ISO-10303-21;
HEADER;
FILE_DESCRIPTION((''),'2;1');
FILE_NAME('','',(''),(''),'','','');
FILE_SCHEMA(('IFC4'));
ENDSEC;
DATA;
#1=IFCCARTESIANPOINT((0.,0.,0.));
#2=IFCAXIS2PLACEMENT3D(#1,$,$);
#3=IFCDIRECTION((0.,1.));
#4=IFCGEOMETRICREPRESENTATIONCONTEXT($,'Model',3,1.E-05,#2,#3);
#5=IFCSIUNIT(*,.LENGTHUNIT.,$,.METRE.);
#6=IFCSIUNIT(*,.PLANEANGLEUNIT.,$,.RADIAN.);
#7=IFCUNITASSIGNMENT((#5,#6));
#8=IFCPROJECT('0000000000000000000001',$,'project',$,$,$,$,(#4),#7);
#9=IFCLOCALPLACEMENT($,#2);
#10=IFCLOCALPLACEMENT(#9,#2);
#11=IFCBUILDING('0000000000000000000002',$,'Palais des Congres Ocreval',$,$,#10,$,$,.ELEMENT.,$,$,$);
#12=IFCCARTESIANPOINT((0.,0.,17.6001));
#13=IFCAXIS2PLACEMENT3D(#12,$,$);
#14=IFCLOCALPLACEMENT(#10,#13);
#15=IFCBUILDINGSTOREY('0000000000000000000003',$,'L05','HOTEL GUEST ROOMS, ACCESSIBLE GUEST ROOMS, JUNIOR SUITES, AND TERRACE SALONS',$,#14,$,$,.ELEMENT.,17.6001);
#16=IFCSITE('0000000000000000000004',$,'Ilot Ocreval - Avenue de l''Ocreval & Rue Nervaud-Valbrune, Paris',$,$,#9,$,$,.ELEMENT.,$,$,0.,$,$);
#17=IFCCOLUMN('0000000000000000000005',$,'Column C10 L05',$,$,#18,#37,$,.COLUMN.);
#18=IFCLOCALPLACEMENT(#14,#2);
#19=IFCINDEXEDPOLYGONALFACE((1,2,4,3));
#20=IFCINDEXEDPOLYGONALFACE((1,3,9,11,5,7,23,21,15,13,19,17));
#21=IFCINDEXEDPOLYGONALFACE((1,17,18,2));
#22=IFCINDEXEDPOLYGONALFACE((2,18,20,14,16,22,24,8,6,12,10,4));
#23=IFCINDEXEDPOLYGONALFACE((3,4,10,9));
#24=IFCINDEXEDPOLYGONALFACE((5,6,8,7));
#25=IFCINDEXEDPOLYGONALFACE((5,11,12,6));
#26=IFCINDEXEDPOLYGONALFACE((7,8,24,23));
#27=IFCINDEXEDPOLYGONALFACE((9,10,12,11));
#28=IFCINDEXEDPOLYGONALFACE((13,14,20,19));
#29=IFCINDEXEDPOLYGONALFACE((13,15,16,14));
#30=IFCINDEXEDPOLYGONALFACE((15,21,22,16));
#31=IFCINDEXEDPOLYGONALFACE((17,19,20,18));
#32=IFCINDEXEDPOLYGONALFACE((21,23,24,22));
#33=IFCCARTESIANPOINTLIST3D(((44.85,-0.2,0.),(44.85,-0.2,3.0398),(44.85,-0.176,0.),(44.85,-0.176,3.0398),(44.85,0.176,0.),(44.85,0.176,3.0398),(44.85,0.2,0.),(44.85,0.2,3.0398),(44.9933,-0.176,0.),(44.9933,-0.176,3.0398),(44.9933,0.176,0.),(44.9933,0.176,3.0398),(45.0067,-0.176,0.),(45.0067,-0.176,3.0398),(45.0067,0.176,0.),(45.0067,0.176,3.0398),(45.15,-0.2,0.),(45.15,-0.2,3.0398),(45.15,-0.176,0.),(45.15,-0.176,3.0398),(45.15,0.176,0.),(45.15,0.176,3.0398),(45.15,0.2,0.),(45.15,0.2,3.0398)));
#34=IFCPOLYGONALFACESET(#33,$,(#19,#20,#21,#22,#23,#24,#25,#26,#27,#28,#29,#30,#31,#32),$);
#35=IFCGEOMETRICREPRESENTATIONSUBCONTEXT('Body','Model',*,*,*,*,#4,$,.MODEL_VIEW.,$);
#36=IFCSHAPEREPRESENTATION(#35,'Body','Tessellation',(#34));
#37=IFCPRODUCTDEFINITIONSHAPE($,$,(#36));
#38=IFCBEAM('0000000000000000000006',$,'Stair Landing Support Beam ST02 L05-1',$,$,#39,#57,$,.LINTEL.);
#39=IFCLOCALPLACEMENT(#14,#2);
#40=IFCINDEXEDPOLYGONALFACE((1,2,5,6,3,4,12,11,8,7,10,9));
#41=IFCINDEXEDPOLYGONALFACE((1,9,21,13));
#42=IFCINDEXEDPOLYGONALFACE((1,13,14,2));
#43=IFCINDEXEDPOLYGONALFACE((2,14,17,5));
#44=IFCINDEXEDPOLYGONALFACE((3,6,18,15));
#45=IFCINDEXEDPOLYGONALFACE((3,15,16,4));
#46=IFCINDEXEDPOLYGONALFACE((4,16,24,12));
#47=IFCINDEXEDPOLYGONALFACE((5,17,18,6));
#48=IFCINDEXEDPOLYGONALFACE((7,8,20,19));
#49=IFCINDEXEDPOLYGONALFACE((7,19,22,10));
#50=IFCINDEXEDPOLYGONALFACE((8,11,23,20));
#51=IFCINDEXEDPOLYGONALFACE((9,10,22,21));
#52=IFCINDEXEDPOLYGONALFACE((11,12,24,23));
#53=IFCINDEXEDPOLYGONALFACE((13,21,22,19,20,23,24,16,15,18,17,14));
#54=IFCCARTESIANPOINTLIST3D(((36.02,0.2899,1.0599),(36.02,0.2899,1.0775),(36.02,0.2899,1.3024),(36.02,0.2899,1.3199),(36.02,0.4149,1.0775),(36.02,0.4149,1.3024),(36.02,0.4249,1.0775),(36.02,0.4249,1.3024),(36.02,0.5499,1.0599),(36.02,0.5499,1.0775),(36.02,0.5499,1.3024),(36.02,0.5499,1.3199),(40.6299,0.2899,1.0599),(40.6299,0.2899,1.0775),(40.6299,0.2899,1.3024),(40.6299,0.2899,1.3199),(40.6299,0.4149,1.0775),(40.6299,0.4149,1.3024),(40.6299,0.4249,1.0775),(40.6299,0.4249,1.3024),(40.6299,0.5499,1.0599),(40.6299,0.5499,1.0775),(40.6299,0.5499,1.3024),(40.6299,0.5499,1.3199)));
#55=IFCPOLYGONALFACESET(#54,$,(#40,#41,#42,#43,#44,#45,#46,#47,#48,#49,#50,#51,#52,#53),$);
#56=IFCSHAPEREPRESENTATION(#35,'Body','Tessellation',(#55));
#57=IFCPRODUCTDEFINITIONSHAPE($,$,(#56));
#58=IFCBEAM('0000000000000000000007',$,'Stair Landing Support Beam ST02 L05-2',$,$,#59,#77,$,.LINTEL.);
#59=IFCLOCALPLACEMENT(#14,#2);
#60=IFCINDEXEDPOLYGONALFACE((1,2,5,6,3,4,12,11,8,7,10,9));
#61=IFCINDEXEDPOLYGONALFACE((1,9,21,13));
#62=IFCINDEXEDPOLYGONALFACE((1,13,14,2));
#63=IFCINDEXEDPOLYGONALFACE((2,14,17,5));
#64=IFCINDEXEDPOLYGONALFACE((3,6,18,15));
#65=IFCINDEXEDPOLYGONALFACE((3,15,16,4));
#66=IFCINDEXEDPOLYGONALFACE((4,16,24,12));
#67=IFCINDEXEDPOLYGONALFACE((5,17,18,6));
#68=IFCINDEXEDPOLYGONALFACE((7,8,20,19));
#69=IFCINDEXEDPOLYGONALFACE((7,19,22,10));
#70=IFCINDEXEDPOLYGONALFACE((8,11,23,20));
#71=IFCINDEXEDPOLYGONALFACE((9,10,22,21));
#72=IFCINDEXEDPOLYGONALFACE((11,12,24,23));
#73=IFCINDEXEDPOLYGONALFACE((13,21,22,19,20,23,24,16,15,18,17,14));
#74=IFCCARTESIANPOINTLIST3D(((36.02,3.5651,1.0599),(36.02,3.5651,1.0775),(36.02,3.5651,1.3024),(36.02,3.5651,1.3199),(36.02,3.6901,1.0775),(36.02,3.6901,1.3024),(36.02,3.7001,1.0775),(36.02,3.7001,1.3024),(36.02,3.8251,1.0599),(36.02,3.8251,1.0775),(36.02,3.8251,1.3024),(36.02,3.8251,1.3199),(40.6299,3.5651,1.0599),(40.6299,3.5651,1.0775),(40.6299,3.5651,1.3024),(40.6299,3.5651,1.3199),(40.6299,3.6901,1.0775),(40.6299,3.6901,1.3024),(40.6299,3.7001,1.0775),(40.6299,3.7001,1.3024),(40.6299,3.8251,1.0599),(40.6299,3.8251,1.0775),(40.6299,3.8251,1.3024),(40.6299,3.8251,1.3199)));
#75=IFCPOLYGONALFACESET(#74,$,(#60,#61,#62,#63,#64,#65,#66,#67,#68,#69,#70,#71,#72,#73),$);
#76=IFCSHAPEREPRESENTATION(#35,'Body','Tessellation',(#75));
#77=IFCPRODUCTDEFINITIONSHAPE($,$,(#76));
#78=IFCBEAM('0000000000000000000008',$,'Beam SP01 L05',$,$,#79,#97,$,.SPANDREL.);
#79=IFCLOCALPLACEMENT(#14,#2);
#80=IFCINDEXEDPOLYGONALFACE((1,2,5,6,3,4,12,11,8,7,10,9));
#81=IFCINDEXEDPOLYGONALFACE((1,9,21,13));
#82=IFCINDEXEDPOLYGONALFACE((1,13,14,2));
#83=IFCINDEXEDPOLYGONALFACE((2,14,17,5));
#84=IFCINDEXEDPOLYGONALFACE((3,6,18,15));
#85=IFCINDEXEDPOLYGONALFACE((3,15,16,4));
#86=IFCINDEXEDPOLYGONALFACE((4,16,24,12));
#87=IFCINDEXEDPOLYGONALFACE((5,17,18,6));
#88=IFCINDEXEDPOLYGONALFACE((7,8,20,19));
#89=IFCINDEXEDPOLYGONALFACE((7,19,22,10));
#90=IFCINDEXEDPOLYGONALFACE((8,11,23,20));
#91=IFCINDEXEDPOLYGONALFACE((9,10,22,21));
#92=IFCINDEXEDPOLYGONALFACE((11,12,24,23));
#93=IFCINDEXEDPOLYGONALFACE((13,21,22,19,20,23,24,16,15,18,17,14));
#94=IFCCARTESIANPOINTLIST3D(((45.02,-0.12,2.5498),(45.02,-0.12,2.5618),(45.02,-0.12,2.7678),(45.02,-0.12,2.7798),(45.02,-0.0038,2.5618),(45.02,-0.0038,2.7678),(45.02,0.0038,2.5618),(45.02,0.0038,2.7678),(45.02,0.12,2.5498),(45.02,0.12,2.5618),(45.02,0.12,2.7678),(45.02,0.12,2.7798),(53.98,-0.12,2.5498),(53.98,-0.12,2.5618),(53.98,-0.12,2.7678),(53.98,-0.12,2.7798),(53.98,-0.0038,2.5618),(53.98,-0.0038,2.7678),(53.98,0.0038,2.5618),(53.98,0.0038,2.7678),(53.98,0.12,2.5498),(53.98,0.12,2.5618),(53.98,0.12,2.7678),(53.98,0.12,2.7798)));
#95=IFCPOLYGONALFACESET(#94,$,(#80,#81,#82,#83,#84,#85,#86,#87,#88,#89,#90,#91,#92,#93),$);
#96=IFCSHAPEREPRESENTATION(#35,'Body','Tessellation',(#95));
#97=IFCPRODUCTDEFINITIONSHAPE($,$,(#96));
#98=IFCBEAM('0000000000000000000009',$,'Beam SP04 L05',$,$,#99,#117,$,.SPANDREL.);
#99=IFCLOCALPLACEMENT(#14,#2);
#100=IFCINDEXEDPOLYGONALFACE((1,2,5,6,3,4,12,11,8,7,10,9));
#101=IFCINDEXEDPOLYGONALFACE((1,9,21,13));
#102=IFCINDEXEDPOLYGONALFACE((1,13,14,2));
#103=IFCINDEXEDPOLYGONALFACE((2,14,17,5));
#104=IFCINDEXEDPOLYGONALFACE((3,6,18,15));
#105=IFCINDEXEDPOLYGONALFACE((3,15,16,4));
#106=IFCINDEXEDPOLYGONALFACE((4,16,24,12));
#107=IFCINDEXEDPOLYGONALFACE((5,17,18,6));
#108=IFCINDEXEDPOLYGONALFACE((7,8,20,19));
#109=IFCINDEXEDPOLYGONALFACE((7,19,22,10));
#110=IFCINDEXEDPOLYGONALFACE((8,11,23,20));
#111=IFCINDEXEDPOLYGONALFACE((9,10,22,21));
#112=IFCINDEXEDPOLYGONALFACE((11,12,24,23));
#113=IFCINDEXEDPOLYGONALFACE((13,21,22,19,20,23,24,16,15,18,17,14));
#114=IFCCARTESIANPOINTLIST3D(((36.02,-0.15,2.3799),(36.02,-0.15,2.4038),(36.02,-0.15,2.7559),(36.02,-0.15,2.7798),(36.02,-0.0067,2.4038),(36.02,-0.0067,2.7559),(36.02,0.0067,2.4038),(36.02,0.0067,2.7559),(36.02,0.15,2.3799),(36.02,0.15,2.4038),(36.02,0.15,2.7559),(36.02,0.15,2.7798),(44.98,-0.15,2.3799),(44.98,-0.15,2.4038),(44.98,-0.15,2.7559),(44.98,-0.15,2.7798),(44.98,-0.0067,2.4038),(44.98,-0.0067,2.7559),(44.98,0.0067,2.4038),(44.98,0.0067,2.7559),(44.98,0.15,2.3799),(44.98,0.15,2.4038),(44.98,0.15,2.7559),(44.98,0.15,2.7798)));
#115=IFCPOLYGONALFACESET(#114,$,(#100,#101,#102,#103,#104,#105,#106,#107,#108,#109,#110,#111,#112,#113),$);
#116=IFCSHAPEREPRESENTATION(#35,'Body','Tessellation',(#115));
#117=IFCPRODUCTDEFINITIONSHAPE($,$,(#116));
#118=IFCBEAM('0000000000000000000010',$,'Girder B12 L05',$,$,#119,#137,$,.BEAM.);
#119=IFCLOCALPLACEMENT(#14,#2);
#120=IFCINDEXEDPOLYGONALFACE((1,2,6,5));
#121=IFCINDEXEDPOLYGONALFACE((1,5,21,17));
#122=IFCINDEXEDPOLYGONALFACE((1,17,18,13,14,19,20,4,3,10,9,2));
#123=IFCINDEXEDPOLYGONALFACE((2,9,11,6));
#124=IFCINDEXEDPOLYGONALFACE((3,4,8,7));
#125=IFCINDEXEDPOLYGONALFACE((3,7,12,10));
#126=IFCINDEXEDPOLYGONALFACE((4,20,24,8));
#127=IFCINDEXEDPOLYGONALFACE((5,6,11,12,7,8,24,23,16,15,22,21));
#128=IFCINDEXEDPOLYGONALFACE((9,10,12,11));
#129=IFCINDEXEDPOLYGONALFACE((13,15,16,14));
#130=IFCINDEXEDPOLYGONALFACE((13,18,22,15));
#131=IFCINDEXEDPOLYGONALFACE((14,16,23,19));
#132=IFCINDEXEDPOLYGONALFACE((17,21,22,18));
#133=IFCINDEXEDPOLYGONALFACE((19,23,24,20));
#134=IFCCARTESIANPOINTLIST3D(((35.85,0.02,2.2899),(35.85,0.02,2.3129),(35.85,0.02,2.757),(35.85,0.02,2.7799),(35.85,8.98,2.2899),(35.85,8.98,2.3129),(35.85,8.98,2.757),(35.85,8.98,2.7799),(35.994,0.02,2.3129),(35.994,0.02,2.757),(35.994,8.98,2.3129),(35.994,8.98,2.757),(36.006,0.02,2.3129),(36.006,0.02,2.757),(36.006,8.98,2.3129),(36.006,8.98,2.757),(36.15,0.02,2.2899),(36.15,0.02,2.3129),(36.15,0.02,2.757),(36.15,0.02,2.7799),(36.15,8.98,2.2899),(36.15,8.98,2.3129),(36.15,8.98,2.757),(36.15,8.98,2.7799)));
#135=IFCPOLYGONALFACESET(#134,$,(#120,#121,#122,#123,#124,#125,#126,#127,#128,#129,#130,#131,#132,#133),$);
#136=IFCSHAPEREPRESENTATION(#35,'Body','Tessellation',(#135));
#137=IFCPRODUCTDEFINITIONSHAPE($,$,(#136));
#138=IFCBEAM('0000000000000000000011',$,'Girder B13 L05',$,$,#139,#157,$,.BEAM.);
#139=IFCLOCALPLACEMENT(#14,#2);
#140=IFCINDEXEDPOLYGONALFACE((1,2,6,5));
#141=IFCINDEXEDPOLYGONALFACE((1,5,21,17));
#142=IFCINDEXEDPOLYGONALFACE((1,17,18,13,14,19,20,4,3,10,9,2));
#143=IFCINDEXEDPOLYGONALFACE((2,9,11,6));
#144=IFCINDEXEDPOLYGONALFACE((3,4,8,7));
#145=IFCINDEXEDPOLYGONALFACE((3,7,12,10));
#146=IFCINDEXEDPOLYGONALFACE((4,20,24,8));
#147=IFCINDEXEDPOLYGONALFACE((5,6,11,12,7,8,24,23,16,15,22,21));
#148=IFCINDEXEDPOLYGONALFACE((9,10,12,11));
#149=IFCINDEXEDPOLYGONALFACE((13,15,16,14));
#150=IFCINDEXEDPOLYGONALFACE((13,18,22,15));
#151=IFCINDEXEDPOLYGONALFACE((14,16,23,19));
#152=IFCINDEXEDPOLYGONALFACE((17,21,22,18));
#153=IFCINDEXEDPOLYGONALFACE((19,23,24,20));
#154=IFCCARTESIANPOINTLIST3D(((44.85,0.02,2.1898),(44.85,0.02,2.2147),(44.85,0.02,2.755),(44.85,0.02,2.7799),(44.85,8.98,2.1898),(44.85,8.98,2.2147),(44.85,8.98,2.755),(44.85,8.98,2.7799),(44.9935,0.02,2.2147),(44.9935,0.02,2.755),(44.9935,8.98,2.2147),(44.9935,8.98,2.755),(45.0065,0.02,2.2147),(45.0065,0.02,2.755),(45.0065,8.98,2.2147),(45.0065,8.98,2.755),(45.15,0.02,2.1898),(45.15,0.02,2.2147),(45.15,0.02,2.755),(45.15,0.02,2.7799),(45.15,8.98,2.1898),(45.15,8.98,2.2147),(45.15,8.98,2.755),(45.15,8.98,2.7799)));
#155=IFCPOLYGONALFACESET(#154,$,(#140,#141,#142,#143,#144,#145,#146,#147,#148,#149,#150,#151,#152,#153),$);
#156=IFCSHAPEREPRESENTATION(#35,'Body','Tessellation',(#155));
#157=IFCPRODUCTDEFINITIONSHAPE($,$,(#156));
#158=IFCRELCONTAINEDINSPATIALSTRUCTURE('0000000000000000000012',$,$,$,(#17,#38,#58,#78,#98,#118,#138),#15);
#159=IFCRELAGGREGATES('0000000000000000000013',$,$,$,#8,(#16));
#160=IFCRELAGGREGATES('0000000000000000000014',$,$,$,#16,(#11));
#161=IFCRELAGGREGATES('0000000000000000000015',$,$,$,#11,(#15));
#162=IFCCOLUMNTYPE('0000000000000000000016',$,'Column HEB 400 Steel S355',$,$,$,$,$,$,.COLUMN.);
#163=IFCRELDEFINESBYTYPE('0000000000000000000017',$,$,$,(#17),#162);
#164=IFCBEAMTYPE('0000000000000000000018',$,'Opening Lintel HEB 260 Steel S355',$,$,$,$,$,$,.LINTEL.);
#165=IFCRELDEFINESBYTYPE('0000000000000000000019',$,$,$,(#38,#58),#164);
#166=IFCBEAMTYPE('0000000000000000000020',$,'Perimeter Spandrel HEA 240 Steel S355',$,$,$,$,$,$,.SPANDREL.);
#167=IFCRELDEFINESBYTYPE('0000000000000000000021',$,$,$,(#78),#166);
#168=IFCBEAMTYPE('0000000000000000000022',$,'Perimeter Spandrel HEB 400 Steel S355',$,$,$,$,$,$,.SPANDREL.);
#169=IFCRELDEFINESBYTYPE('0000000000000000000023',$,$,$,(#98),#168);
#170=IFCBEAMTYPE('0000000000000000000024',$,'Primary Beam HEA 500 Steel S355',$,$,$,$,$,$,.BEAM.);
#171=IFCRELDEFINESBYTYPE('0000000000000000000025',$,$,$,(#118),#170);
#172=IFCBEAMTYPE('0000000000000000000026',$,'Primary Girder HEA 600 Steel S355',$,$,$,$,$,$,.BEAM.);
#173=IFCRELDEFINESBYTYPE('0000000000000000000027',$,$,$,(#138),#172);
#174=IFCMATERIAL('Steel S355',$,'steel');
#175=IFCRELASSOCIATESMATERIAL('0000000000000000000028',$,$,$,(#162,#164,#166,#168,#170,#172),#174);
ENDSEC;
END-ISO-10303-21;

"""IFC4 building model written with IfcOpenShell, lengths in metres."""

from ifc_helpers import new_model, si_unit, direction, frame, origin, origin_2d, place, context, subcontext, project, spatial, i_section, extrude, material, material_profile, profile_set, type_object, element, save


model = new_model("IFC4")

# Units and contexts
model_context = context("Model", 3, precision=1e-05, world=origin(), true_north=direction((0.0, 1.0)))
body_context = subcontext(model_context, "Body", "Model", "MODEL_VIEW")
ifc_project = project(units=[si_unit("LENGTHUNIT", "METRE"), si_unit("PLANEANGLEUNIT", "RADIAN")], contexts=[model_context])

# Site, building, storey
site_placement = place(None, origin())
site = spatial("IfcSite", under=ifc_project, at=site_placement, Name="Ilot Ocreval - Avenue de l'Ocreval & Rue Nervaud-Valbrune, Paris", CompositionType="ELEMENT", RefElevation=0.0)
building_placement = place(site_placement, origin())
building = spatial("IfcBuilding", under=site, at=building_placement, Name="Palais des Congres Ocreval", CompositionType="ELEMENT")
storey_placement = place(building_placement, frame((0.0, 0.0, 17.6001)))
storey = spatial("IfcBuildingStorey", under=building, at=storey_placement, Name="L05", Description="HOTEL GUEST ROOMS, ACCESSIBLE GUEST ROOMS, JUNIOR SUITES, AND TERRACE SALONS", CompositionType="ELEMENT", Elevation=17.6001)

# Column
ifc_material_1 = material(Name="Steel S355", Category="steel")
ifc_material_profile_1 = material_profile(ifc_material_1, i_section(OverallWidth=0.3, OverallDepth=0.3999, WebThickness=0.0134, FlangeThickness=0.0239, at=origin_2d()), Name="HEB 400")
ifc_profile_set_1 = profile_set([ifc_material_profile_1], Name="Steel S355")
column_type = type_object("IfcColumnType", Name="Column HEB 400 Steel S355", PredefinedType="COLUMN", material=ifc_profile_set_1)
column_placement = place(storey_placement, frame((45.0, 0.0, 0.0), z_axis=(0.0, 0.0, 1.0), x_axis=(1.0, 0.0, 0.0)))
element("IfcColumn", 1, at=column_placement, inside=storey, type_object=column_type, Name="Column C10 L05", PredefinedType="COLUMN", context=body_context, shape_type="SweptSolid", body=[
    extrude(i_section(OverallWidth=0.3, OverallDepth=0.3999, WebThickness=0.0134, FlangeThickness=0.0239, at=origin_2d()), origin(), (0.0, 0.0, 1.0), 3.0398),
])

# Beams
ifc_material_profile_2 = material_profile(ifc_material_1, i_section(OverallWidth=0.26, OverallDepth=0.26, WebThickness=0.01, FlangeThickness=0.0176, at=origin_2d()), Name="HEB 260")
ifc_profile_set_2 = profile_set([ifc_material_profile_2], Name="Steel S355")
beam_type_1 = type_object("IfcBeamType", Name="Opening Lintel HEB 260 Steel S355", PredefinedType="LINTEL", material=ifc_profile_set_2)
for number, where, z_axis, x_axis, name in (
    (2, (36.02, 0.4199, 1.1899), (1.0, 0.0, 0.0), (0.0, 1.0, 0.0), "Stair Landing Support Beam ST02 L05-1"),
    (3, (36.02, 3.6951, 1.1899), (1.0, 0.0, 0.0), (0.0, 1.0, 0.0), "Stair Landing Support Beam ST02 L05-2"),
):
    element("IfcBeam", number, at=place(storey_placement, frame(where, z_axis=z_axis, x_axis=x_axis)), inside=storey, type_object=beam_type_1, Name=name, PredefinedType="LINTEL", context=body_context, shape_type="SweptSolid", body=[
        extrude(i_section(OverallWidth=0.26, OverallDepth=0.26, WebThickness=0.01, FlangeThickness=0.0176, at=origin_2d()), origin(), (0.0, 0.0, 1.0), 4.6099),
    ])
ifc_material_profile_3 = material_profile(ifc_material_1, i_section(OverallWidth=0.24, OverallDepth=0.23, WebThickness=0.0076, FlangeThickness=0.012, at=origin_2d()), Name="HEA 240")
ifc_profile_set_3 = profile_set([ifc_material_profile_3], Name="Steel S355")
beam_type_2 = type_object("IfcBeamType", Name="Perimeter Spandrel HEA 240 Steel S355", PredefinedType="SPANDREL", material=ifc_profile_set_3)
beam_1_placement = place(storey_placement, frame((45.02, 0.0, 2.6648), z_axis=(1.0, 0.0, 0.0), x_axis=(0.0, 1.0, 0.0)))
element("IfcBeam", 4, at=beam_1_placement, inside=storey, type_object=beam_type_2, Name="Beam SP01 L05", PredefinedType="SPANDREL", context=body_context, shape_type="SweptSolid", body=[
    extrude(i_section(OverallWidth=0.24, OverallDepth=0.23, WebThickness=0.0076, FlangeThickness=0.012, at=origin_2d()), origin(), (0.0, 0.0, 1.0), 8.96),
])
ifc_material_profile_4 = material_profile(ifc_material_1, i_section(OverallWidth=0.3, OverallDepth=0.3999, WebThickness=0.0134, FlangeThickness=0.0239, at=origin_2d()), Name="HEB 400")
ifc_profile_set_4 = profile_set([ifc_material_profile_4], Name="Steel S355")
beam_type_3 = type_object("IfcBeamType", Name="Perimeter Spandrel HEB 400 Steel S355", PredefinedType="SPANDREL", material=ifc_profile_set_4)
beam_2_placement = place(storey_placement, frame((36.02, 0.0, 2.5798), z_axis=(1.0, 0.0, 0.0), x_axis=(0.0, 1.0, 0.0)))
element("IfcBeam", 5, at=beam_2_placement, inside=storey, type_object=beam_type_3, Name="Beam SP04 L05", PredefinedType="SPANDREL", context=body_context, shape_type="SweptSolid", body=[
    extrude(i_section(OverallWidth=0.3, OverallDepth=0.3999, WebThickness=0.0134, FlangeThickness=0.0239, at=origin_2d()), origin(), (0.0, 0.0, 1.0), 8.96),
])
ifc_material_profile_5 = material_profile(ifc_material_1, i_section(OverallWidth=0.3, OverallDepth=0.49, WebThickness=0.012, FlangeThickness=0.0229, at=origin_2d()), Name="HEA 500")
ifc_profile_set_5 = profile_set([ifc_material_profile_5], Name="Steel S355")
beam_type_4 = type_object("IfcBeamType", Name="Primary Beam HEA 500 Steel S355", PredefinedType="BEAM", material=ifc_profile_set_5)
beam_3_placement = place(storey_placement, frame((36.0, 0.02, 2.5349), z_axis=(0.0, 1.0, 0.0), x_axis=(-1.0, 0.0, 0.0)))
element("IfcBeam", 6, at=beam_3_placement, inside=storey, type_object=beam_type_4, Name="Girder B12 L05", PredefinedType="BEAM", context=body_context, shape_type="SweptSolid", body=[
    extrude(i_section(OverallWidth=0.3, OverallDepth=0.49, WebThickness=0.012, FlangeThickness=0.0229, at=origin_2d()), origin(), (0.0, 0.0, 1.0), 8.96),
])
ifc_material_profile_6 = material_profile(ifc_material_1, i_section(OverallWidth=0.3, OverallDepth=0.5901, WebThickness=0.0129, FlangeThickness=0.0249, at=origin_2d()), Name="HEA 600")
ifc_profile_set_6 = profile_set([ifc_material_profile_6], Name="Steel S355")
beam_type_5 = type_object("IfcBeamType", Name="Primary Girder HEA 600 Steel S355", PredefinedType="BEAM", material=ifc_profile_set_6)
beam_4_placement = place(storey_placement, frame((45.0, 0.02, 2.4849), z_axis=(0.0, 1.0, 0.0), x_axis=(-1.0, 0.0, 0.0)))
element("IfcBeam", 7, at=beam_4_placement, inside=storey, type_object=beam_type_5, Name="Girder B13 L05", PredefinedType="BEAM", context=body_context, shape_type="SweptSolid", body=[
    extrude(i_section(OverallWidth=0.3, OverallDepth=0.5901, WebThickness=0.0129, FlangeThickness=0.0249, at=origin_2d()), origin(), (0.0, 0.0, 1.0), 8.96),
])

save(model, "model.ifc")
